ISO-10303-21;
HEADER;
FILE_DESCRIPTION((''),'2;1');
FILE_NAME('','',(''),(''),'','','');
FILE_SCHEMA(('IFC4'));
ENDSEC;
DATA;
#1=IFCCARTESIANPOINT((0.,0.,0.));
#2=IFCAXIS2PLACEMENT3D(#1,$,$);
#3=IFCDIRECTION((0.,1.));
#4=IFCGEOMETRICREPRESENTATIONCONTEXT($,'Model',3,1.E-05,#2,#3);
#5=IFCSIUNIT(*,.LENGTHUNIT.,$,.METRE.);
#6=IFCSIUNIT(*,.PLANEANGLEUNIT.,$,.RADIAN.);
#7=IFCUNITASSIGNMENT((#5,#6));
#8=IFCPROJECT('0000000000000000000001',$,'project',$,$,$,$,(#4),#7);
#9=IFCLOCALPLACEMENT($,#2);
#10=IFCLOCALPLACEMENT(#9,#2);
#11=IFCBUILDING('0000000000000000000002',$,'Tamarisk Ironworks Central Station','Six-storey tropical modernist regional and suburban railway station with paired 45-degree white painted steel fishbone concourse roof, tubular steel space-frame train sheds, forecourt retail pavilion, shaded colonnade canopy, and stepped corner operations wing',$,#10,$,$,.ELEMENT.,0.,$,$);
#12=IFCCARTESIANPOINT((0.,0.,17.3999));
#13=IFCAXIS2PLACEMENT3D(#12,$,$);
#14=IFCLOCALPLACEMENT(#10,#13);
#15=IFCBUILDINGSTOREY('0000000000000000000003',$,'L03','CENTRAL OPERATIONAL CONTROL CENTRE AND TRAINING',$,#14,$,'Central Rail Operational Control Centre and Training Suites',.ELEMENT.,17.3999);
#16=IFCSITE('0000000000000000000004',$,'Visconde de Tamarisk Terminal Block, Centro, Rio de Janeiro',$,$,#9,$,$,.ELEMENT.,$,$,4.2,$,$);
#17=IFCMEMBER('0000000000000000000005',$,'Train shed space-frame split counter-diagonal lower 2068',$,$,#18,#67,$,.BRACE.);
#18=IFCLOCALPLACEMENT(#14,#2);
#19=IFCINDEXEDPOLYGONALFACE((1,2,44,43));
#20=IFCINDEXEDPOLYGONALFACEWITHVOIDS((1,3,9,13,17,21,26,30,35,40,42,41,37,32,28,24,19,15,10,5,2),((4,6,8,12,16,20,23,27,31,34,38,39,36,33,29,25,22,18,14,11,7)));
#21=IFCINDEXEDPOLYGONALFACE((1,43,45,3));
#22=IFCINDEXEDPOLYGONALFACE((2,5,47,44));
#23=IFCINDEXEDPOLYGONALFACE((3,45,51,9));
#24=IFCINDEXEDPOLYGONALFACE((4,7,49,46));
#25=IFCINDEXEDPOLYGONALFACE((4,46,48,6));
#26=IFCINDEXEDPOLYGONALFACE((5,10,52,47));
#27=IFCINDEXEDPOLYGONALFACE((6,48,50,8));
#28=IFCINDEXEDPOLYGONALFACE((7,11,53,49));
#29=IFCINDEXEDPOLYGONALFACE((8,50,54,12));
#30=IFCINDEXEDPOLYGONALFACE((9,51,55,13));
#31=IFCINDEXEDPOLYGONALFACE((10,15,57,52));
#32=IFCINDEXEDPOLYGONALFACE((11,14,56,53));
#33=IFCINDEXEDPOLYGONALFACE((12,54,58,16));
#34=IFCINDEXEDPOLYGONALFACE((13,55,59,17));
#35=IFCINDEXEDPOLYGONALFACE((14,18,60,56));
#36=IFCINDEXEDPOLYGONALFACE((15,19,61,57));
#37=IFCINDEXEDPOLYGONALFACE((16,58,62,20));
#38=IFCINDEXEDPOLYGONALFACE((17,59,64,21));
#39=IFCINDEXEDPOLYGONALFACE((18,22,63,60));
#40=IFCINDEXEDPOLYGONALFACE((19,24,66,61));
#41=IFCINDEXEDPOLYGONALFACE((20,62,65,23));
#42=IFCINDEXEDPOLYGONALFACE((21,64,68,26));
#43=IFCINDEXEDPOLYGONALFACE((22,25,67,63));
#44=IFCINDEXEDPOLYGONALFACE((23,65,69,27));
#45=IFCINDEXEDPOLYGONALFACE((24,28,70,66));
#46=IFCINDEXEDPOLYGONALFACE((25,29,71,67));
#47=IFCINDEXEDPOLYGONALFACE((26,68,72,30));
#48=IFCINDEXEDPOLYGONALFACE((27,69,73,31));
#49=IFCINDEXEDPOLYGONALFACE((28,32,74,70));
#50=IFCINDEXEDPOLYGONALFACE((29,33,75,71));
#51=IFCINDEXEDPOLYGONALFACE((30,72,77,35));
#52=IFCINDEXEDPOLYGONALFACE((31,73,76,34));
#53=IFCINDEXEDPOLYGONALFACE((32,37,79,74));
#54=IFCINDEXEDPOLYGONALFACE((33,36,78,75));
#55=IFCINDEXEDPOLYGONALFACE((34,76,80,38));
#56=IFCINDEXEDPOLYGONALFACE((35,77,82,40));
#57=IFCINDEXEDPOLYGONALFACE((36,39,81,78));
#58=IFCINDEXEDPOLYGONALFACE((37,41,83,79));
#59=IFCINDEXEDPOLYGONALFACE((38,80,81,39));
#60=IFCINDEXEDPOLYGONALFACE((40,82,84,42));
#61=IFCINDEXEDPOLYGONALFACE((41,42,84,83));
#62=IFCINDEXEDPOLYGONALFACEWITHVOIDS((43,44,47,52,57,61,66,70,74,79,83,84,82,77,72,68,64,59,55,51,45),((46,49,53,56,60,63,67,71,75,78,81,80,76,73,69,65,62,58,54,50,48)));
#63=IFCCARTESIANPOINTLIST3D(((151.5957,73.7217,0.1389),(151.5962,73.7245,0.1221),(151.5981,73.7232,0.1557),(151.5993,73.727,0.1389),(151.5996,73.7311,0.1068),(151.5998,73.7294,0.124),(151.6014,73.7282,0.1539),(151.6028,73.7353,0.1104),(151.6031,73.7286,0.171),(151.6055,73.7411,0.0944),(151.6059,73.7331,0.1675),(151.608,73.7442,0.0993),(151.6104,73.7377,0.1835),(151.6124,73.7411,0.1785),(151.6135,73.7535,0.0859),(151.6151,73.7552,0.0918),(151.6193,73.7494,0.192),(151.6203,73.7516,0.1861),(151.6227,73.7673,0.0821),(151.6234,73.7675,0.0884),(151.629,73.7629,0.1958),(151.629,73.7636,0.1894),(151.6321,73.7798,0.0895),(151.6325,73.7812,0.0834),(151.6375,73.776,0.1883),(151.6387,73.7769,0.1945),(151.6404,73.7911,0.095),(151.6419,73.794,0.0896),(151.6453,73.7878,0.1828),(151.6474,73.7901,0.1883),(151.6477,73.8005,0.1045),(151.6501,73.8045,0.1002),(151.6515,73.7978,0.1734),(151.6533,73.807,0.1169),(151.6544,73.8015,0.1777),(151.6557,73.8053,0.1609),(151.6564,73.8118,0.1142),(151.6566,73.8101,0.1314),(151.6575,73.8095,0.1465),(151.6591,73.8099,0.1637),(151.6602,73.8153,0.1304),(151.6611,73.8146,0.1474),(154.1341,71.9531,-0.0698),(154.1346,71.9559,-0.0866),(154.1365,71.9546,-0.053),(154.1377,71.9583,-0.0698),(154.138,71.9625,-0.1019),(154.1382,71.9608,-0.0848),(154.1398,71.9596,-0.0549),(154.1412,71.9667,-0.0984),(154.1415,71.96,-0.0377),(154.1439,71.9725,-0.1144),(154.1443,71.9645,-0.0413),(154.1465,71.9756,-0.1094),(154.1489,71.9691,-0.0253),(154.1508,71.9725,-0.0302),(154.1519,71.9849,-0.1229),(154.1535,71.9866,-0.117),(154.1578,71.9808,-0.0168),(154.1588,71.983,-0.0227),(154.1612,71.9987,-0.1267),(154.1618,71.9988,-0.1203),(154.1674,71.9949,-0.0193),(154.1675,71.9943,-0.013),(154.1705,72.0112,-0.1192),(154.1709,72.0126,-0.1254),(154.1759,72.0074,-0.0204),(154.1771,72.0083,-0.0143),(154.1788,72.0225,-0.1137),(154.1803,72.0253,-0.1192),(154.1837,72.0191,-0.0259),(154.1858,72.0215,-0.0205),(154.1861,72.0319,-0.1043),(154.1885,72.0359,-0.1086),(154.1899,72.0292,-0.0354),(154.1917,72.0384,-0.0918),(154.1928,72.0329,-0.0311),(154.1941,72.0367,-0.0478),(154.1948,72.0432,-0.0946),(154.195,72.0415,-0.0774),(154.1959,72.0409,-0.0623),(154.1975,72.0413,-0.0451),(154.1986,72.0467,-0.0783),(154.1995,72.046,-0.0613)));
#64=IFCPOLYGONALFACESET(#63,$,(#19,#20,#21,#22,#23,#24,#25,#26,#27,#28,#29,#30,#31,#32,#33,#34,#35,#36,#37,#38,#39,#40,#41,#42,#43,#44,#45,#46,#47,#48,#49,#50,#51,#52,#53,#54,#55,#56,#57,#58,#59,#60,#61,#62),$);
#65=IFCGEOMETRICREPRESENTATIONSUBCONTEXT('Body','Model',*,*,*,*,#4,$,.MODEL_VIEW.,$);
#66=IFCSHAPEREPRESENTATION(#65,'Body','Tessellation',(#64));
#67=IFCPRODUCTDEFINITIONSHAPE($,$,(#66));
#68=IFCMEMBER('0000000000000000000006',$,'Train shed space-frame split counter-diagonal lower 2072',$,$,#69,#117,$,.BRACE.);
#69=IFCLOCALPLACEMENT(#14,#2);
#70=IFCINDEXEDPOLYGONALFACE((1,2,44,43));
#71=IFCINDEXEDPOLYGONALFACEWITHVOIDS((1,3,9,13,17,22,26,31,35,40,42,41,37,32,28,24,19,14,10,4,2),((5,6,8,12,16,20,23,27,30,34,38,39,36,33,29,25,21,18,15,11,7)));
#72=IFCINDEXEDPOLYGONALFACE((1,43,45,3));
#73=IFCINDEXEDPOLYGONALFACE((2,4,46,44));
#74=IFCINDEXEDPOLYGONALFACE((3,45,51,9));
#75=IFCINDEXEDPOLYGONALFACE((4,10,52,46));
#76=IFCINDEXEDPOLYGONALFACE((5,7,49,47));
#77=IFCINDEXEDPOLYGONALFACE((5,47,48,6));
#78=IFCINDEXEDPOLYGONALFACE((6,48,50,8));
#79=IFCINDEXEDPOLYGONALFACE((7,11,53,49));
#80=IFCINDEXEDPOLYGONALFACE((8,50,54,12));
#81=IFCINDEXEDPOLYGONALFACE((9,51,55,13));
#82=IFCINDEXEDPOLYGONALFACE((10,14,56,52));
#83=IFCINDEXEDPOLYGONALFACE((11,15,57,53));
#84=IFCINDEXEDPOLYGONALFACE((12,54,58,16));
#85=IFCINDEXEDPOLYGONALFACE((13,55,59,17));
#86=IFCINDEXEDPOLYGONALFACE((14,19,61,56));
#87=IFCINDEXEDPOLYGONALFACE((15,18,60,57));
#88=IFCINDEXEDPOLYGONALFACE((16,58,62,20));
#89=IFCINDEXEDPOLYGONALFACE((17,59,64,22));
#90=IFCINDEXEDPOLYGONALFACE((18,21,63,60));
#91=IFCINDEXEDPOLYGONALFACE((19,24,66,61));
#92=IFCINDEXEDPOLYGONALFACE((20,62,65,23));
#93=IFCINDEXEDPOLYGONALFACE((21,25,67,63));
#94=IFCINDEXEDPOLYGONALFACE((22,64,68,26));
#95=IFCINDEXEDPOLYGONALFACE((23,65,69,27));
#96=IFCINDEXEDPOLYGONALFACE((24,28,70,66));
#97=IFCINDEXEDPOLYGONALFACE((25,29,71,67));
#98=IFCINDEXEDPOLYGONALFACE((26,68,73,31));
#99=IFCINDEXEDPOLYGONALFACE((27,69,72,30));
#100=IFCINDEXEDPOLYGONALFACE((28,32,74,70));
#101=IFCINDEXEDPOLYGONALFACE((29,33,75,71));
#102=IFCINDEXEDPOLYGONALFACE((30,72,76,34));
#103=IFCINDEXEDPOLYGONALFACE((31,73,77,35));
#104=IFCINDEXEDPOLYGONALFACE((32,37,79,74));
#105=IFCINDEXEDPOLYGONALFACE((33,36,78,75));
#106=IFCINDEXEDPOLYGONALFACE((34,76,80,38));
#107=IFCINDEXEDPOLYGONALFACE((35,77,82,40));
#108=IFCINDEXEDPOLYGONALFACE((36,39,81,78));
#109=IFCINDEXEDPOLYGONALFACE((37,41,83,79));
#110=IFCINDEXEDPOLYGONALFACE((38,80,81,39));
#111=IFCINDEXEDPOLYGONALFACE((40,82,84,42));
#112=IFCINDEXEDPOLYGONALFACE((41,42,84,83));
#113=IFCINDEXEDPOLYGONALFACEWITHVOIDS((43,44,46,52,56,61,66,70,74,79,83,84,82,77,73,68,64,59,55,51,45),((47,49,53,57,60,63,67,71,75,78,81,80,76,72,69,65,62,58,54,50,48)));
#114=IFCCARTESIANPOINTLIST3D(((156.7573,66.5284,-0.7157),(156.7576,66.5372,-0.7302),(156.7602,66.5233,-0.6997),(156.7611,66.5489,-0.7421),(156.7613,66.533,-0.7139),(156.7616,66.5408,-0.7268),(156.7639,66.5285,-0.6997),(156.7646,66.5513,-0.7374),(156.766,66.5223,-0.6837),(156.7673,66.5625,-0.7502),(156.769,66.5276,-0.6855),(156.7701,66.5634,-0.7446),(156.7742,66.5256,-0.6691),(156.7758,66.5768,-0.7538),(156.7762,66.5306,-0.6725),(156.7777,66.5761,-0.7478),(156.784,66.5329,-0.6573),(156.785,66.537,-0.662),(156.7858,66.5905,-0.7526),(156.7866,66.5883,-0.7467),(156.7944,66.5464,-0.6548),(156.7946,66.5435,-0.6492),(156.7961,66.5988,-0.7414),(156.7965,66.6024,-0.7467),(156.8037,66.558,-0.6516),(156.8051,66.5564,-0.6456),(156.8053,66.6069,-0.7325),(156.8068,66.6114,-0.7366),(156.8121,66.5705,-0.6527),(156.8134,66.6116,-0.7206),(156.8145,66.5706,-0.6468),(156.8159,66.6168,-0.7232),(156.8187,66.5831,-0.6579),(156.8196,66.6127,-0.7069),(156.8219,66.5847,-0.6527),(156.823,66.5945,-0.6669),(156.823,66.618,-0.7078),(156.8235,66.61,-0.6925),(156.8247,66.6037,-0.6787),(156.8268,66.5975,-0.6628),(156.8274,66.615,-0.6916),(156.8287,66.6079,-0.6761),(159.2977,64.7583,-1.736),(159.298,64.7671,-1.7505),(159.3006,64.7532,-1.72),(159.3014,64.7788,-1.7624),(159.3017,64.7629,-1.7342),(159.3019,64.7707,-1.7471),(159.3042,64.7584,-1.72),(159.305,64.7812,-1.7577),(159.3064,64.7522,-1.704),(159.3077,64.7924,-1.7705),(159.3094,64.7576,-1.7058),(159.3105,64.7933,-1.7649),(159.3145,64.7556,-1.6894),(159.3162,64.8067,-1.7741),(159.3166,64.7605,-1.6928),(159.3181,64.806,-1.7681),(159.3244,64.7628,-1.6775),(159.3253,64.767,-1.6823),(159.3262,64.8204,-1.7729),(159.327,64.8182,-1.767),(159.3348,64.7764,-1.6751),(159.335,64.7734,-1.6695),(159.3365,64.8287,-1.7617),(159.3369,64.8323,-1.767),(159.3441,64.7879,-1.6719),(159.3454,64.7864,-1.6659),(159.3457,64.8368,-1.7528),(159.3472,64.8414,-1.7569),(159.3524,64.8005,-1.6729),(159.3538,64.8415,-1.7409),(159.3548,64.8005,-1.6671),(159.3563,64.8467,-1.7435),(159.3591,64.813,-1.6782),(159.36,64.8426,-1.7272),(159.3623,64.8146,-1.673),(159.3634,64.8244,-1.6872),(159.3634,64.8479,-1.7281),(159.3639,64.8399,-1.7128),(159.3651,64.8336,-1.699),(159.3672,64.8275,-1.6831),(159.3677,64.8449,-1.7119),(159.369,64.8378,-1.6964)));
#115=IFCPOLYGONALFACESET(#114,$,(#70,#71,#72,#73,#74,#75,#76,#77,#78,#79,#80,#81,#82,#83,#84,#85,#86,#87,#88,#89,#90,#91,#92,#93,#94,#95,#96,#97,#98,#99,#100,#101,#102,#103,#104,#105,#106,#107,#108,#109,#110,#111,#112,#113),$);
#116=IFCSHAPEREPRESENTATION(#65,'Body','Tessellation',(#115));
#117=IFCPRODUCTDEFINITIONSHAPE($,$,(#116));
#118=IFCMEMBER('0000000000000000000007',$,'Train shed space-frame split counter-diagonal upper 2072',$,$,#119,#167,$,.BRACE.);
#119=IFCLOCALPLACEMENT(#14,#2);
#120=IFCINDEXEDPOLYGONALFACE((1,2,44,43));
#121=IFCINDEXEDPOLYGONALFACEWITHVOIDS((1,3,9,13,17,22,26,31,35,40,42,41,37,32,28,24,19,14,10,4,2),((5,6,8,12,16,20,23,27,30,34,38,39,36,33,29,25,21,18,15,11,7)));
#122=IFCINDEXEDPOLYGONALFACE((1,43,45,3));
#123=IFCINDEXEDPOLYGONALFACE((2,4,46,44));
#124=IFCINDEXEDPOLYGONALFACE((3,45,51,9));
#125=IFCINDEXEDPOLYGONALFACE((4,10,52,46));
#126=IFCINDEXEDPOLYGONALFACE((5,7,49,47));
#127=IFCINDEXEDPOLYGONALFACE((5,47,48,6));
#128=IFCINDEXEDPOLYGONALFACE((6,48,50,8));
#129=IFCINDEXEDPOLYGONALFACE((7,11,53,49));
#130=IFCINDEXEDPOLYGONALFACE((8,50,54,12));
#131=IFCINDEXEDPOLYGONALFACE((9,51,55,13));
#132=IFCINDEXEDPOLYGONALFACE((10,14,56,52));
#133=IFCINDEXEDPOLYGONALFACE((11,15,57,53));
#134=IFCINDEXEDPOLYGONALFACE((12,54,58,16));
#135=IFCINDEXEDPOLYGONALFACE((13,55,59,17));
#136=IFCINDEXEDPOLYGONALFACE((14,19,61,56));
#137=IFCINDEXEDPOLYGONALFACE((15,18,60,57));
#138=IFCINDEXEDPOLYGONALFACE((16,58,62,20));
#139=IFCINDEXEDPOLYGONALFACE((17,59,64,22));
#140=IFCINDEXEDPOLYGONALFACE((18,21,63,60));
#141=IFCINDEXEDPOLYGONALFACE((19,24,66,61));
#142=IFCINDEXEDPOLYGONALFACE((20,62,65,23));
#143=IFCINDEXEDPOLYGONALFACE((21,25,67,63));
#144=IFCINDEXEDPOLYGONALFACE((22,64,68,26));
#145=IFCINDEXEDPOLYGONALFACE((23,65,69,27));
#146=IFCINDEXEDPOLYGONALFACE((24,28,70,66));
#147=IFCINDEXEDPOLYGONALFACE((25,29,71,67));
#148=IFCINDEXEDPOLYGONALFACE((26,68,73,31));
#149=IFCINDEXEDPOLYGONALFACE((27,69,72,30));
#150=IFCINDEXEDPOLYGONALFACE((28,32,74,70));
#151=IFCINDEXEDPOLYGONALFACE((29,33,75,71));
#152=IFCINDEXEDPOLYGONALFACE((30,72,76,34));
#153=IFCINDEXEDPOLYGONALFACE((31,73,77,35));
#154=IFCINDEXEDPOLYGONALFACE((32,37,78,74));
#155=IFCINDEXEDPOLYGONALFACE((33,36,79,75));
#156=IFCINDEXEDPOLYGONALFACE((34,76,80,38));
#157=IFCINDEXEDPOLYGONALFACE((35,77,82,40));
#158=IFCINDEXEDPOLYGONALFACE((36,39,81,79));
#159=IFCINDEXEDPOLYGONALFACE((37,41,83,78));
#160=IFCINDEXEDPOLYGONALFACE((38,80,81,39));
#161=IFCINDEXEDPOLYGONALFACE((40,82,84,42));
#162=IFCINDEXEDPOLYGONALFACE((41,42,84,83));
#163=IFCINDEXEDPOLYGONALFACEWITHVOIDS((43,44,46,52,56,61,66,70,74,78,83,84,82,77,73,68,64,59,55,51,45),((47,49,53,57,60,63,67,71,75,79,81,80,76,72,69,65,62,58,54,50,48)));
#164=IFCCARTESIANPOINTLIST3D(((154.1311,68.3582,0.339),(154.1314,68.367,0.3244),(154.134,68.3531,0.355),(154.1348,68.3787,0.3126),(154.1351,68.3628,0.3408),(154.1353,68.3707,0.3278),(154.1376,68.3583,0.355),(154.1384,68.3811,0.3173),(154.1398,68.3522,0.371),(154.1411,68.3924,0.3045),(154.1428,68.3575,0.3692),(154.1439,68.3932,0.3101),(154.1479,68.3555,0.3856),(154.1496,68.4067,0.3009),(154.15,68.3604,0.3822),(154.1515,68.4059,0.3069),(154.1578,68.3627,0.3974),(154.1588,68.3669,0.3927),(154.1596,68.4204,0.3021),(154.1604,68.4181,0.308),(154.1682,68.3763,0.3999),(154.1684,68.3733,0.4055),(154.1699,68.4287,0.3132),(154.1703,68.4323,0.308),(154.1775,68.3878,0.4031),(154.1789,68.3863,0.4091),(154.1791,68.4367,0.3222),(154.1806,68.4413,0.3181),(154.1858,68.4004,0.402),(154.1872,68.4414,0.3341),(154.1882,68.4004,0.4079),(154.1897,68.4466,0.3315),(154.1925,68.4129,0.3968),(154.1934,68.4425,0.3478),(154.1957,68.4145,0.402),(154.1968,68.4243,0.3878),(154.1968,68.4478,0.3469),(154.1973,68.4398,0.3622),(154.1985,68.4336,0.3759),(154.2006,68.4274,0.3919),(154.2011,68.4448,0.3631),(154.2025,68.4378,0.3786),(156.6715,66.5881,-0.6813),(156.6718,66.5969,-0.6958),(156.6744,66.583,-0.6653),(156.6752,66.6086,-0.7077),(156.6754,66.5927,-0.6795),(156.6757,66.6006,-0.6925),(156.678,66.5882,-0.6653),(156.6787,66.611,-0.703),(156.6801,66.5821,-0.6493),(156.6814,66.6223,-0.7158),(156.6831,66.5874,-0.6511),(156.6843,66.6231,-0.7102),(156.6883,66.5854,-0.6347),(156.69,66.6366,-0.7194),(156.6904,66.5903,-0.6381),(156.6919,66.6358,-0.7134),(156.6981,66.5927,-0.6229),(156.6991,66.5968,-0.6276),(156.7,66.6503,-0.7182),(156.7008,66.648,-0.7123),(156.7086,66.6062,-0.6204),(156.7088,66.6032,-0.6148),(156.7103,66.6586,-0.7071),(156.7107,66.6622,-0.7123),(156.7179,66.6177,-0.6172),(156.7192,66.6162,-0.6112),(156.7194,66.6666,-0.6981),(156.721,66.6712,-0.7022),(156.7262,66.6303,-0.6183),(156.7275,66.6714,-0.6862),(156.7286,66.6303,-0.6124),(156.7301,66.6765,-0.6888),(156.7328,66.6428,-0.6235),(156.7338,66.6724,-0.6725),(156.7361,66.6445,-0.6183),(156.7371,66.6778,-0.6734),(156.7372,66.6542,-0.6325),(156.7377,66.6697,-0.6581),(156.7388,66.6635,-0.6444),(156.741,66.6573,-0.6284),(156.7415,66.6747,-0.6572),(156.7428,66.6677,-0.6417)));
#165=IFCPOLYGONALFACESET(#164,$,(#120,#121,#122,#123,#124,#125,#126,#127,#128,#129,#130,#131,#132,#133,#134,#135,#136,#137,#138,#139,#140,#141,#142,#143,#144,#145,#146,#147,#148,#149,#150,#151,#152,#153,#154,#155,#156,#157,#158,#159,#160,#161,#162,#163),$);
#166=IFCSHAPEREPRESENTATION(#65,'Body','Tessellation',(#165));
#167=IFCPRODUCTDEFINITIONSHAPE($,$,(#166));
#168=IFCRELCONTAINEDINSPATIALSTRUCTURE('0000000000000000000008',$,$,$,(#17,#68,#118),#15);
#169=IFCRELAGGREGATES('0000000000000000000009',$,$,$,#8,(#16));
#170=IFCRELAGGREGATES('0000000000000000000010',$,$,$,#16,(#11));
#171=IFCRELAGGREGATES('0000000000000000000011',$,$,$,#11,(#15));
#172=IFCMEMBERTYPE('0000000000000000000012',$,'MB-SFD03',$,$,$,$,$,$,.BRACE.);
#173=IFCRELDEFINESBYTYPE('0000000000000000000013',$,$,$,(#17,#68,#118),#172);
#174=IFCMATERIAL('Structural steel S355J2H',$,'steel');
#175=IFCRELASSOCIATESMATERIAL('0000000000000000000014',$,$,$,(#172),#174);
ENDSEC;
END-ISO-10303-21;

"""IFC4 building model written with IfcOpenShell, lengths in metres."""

from ifc_helpers import new_model, si_unit, direction, frame, origin, origin_2d, place, context, subcontext, project, spatial, hollow_circle, extrude, material, material_profile, profile_set, type_object, element, save


model = new_model("IFC4")

# Units and contexts
model_context = context("Model", 3, precision=1e-05, world=origin(), true_north=direction((0.0, 1.0)))
body_context = subcontext(model_context, "Body", "Model", "MODEL_VIEW")
ifc_project = project(units=[si_unit("LENGTHUNIT", "METRE"), si_unit("PLANEANGLEUNIT", "RADIAN")], contexts=[model_context])

# Site, building, storey
site_placement = place(None, origin())
site = spatial("IfcSite", under=ifc_project, at=site_placement, Name="Visconde de Tamarisk Terminal Block, Centro, Rio de Janeiro", CompositionType="ELEMENT", RefElevation=4.2)
building_placement = place(site_placement, origin())
building = spatial("IfcBuilding", under=site, at=building_placement, Name="Tamarisk Ironworks Central Station", Description="Six-storey tropical modernist regional and suburban railway station with paired 45-degree white painted steel fishbone concourse roof, tubular steel space-frame train sheds, forecourt retail pavilion, shaded colonnade canopy, and stepped corner operations wing", CompositionType="ELEMENT", ElevationOfRefHeight=0.0)
storey_placement = place(building_placement, frame((0.0, 0.0, 17.3999)))
storey = spatial("IfcBuildingStorey", under=building, at=storey_placement, Name="L03", Description="CENTRAL OPERATIONAL CONTROL CENTRE AND TRAINING", LongName="Central Rail Operational Control Centre and Training Suites", CompositionType="ELEMENT", Elevation=17.3999)

# Members
ifc_material = material(Name="Structural steel S355J2H", Category="steel")
ifc_material_profile_1 = material_profile(ifc_material, hollow_circle(Radius=0.0571, WallThickness=0.0063, at=origin_2d()), Name="CHS 114.3x6.3")
ifc_profile_set_1 = profile_set([ifc_material_profile_1], Name="Structural steel S355J2H")
member_type_1 = type_object("IfcMemberType", Name="MB-SFD03", PredefinedType="BRACE", material=ifc_profile_set_1)
member_1_placement = place(storey_placement, frame((154.1667, 72.0, -0.0698), z_axis=(-0.818625, 0.570369, 0.06732), x_axis=(-0.571666, -0.820487, 0.0)))
element("IfcMember", 1, at=member_1_placement, inside=storey, type_object=member_type_1, Name="Train shed space-frame split counter-diagonal lower 2068", PredefinedType="BRACE", context=body_context, shape_type="SweptSolid", body=[
    extrude(hollow_circle(Radius=0.0571, WallThickness=0.0063, at=origin_2d()), origin(), (0.0, 0.0, 1.0), 3.1008),
])
for number, where, z_axis, x_axis, name in (
    (2, (159.3333, 64.8, -1.72), (-0.779252, 0.542967, 0.312974), (-0.571688, -0.820471, 0.0), "Train shed space-frame split counter-diagonal lower 2072"),
    (3, (156.707, 66.6299, -0.6653), (-0.779252, 0.542967, 0.312974), (-0.571688, -0.820471, 0.0), "Train shed space-frame split counter-diagonal upper 2072"),
):
    element("IfcMember", number, at=place(storey_placement, frame(where, z_axis=z_axis, x_axis=x_axis)), inside=storey, type_object=member_type_1, Name=name, PredefinedType="BRACE", context=body_context, shape_type="SweptSolid", body=[
        extrude(hollow_circle(Radius=0.0571, WallThickness=0.0063, at=origin_2d()), origin(), (0.0, 0.0, 1.0), 3.26),
    ])

save(model, "model.ifc")
